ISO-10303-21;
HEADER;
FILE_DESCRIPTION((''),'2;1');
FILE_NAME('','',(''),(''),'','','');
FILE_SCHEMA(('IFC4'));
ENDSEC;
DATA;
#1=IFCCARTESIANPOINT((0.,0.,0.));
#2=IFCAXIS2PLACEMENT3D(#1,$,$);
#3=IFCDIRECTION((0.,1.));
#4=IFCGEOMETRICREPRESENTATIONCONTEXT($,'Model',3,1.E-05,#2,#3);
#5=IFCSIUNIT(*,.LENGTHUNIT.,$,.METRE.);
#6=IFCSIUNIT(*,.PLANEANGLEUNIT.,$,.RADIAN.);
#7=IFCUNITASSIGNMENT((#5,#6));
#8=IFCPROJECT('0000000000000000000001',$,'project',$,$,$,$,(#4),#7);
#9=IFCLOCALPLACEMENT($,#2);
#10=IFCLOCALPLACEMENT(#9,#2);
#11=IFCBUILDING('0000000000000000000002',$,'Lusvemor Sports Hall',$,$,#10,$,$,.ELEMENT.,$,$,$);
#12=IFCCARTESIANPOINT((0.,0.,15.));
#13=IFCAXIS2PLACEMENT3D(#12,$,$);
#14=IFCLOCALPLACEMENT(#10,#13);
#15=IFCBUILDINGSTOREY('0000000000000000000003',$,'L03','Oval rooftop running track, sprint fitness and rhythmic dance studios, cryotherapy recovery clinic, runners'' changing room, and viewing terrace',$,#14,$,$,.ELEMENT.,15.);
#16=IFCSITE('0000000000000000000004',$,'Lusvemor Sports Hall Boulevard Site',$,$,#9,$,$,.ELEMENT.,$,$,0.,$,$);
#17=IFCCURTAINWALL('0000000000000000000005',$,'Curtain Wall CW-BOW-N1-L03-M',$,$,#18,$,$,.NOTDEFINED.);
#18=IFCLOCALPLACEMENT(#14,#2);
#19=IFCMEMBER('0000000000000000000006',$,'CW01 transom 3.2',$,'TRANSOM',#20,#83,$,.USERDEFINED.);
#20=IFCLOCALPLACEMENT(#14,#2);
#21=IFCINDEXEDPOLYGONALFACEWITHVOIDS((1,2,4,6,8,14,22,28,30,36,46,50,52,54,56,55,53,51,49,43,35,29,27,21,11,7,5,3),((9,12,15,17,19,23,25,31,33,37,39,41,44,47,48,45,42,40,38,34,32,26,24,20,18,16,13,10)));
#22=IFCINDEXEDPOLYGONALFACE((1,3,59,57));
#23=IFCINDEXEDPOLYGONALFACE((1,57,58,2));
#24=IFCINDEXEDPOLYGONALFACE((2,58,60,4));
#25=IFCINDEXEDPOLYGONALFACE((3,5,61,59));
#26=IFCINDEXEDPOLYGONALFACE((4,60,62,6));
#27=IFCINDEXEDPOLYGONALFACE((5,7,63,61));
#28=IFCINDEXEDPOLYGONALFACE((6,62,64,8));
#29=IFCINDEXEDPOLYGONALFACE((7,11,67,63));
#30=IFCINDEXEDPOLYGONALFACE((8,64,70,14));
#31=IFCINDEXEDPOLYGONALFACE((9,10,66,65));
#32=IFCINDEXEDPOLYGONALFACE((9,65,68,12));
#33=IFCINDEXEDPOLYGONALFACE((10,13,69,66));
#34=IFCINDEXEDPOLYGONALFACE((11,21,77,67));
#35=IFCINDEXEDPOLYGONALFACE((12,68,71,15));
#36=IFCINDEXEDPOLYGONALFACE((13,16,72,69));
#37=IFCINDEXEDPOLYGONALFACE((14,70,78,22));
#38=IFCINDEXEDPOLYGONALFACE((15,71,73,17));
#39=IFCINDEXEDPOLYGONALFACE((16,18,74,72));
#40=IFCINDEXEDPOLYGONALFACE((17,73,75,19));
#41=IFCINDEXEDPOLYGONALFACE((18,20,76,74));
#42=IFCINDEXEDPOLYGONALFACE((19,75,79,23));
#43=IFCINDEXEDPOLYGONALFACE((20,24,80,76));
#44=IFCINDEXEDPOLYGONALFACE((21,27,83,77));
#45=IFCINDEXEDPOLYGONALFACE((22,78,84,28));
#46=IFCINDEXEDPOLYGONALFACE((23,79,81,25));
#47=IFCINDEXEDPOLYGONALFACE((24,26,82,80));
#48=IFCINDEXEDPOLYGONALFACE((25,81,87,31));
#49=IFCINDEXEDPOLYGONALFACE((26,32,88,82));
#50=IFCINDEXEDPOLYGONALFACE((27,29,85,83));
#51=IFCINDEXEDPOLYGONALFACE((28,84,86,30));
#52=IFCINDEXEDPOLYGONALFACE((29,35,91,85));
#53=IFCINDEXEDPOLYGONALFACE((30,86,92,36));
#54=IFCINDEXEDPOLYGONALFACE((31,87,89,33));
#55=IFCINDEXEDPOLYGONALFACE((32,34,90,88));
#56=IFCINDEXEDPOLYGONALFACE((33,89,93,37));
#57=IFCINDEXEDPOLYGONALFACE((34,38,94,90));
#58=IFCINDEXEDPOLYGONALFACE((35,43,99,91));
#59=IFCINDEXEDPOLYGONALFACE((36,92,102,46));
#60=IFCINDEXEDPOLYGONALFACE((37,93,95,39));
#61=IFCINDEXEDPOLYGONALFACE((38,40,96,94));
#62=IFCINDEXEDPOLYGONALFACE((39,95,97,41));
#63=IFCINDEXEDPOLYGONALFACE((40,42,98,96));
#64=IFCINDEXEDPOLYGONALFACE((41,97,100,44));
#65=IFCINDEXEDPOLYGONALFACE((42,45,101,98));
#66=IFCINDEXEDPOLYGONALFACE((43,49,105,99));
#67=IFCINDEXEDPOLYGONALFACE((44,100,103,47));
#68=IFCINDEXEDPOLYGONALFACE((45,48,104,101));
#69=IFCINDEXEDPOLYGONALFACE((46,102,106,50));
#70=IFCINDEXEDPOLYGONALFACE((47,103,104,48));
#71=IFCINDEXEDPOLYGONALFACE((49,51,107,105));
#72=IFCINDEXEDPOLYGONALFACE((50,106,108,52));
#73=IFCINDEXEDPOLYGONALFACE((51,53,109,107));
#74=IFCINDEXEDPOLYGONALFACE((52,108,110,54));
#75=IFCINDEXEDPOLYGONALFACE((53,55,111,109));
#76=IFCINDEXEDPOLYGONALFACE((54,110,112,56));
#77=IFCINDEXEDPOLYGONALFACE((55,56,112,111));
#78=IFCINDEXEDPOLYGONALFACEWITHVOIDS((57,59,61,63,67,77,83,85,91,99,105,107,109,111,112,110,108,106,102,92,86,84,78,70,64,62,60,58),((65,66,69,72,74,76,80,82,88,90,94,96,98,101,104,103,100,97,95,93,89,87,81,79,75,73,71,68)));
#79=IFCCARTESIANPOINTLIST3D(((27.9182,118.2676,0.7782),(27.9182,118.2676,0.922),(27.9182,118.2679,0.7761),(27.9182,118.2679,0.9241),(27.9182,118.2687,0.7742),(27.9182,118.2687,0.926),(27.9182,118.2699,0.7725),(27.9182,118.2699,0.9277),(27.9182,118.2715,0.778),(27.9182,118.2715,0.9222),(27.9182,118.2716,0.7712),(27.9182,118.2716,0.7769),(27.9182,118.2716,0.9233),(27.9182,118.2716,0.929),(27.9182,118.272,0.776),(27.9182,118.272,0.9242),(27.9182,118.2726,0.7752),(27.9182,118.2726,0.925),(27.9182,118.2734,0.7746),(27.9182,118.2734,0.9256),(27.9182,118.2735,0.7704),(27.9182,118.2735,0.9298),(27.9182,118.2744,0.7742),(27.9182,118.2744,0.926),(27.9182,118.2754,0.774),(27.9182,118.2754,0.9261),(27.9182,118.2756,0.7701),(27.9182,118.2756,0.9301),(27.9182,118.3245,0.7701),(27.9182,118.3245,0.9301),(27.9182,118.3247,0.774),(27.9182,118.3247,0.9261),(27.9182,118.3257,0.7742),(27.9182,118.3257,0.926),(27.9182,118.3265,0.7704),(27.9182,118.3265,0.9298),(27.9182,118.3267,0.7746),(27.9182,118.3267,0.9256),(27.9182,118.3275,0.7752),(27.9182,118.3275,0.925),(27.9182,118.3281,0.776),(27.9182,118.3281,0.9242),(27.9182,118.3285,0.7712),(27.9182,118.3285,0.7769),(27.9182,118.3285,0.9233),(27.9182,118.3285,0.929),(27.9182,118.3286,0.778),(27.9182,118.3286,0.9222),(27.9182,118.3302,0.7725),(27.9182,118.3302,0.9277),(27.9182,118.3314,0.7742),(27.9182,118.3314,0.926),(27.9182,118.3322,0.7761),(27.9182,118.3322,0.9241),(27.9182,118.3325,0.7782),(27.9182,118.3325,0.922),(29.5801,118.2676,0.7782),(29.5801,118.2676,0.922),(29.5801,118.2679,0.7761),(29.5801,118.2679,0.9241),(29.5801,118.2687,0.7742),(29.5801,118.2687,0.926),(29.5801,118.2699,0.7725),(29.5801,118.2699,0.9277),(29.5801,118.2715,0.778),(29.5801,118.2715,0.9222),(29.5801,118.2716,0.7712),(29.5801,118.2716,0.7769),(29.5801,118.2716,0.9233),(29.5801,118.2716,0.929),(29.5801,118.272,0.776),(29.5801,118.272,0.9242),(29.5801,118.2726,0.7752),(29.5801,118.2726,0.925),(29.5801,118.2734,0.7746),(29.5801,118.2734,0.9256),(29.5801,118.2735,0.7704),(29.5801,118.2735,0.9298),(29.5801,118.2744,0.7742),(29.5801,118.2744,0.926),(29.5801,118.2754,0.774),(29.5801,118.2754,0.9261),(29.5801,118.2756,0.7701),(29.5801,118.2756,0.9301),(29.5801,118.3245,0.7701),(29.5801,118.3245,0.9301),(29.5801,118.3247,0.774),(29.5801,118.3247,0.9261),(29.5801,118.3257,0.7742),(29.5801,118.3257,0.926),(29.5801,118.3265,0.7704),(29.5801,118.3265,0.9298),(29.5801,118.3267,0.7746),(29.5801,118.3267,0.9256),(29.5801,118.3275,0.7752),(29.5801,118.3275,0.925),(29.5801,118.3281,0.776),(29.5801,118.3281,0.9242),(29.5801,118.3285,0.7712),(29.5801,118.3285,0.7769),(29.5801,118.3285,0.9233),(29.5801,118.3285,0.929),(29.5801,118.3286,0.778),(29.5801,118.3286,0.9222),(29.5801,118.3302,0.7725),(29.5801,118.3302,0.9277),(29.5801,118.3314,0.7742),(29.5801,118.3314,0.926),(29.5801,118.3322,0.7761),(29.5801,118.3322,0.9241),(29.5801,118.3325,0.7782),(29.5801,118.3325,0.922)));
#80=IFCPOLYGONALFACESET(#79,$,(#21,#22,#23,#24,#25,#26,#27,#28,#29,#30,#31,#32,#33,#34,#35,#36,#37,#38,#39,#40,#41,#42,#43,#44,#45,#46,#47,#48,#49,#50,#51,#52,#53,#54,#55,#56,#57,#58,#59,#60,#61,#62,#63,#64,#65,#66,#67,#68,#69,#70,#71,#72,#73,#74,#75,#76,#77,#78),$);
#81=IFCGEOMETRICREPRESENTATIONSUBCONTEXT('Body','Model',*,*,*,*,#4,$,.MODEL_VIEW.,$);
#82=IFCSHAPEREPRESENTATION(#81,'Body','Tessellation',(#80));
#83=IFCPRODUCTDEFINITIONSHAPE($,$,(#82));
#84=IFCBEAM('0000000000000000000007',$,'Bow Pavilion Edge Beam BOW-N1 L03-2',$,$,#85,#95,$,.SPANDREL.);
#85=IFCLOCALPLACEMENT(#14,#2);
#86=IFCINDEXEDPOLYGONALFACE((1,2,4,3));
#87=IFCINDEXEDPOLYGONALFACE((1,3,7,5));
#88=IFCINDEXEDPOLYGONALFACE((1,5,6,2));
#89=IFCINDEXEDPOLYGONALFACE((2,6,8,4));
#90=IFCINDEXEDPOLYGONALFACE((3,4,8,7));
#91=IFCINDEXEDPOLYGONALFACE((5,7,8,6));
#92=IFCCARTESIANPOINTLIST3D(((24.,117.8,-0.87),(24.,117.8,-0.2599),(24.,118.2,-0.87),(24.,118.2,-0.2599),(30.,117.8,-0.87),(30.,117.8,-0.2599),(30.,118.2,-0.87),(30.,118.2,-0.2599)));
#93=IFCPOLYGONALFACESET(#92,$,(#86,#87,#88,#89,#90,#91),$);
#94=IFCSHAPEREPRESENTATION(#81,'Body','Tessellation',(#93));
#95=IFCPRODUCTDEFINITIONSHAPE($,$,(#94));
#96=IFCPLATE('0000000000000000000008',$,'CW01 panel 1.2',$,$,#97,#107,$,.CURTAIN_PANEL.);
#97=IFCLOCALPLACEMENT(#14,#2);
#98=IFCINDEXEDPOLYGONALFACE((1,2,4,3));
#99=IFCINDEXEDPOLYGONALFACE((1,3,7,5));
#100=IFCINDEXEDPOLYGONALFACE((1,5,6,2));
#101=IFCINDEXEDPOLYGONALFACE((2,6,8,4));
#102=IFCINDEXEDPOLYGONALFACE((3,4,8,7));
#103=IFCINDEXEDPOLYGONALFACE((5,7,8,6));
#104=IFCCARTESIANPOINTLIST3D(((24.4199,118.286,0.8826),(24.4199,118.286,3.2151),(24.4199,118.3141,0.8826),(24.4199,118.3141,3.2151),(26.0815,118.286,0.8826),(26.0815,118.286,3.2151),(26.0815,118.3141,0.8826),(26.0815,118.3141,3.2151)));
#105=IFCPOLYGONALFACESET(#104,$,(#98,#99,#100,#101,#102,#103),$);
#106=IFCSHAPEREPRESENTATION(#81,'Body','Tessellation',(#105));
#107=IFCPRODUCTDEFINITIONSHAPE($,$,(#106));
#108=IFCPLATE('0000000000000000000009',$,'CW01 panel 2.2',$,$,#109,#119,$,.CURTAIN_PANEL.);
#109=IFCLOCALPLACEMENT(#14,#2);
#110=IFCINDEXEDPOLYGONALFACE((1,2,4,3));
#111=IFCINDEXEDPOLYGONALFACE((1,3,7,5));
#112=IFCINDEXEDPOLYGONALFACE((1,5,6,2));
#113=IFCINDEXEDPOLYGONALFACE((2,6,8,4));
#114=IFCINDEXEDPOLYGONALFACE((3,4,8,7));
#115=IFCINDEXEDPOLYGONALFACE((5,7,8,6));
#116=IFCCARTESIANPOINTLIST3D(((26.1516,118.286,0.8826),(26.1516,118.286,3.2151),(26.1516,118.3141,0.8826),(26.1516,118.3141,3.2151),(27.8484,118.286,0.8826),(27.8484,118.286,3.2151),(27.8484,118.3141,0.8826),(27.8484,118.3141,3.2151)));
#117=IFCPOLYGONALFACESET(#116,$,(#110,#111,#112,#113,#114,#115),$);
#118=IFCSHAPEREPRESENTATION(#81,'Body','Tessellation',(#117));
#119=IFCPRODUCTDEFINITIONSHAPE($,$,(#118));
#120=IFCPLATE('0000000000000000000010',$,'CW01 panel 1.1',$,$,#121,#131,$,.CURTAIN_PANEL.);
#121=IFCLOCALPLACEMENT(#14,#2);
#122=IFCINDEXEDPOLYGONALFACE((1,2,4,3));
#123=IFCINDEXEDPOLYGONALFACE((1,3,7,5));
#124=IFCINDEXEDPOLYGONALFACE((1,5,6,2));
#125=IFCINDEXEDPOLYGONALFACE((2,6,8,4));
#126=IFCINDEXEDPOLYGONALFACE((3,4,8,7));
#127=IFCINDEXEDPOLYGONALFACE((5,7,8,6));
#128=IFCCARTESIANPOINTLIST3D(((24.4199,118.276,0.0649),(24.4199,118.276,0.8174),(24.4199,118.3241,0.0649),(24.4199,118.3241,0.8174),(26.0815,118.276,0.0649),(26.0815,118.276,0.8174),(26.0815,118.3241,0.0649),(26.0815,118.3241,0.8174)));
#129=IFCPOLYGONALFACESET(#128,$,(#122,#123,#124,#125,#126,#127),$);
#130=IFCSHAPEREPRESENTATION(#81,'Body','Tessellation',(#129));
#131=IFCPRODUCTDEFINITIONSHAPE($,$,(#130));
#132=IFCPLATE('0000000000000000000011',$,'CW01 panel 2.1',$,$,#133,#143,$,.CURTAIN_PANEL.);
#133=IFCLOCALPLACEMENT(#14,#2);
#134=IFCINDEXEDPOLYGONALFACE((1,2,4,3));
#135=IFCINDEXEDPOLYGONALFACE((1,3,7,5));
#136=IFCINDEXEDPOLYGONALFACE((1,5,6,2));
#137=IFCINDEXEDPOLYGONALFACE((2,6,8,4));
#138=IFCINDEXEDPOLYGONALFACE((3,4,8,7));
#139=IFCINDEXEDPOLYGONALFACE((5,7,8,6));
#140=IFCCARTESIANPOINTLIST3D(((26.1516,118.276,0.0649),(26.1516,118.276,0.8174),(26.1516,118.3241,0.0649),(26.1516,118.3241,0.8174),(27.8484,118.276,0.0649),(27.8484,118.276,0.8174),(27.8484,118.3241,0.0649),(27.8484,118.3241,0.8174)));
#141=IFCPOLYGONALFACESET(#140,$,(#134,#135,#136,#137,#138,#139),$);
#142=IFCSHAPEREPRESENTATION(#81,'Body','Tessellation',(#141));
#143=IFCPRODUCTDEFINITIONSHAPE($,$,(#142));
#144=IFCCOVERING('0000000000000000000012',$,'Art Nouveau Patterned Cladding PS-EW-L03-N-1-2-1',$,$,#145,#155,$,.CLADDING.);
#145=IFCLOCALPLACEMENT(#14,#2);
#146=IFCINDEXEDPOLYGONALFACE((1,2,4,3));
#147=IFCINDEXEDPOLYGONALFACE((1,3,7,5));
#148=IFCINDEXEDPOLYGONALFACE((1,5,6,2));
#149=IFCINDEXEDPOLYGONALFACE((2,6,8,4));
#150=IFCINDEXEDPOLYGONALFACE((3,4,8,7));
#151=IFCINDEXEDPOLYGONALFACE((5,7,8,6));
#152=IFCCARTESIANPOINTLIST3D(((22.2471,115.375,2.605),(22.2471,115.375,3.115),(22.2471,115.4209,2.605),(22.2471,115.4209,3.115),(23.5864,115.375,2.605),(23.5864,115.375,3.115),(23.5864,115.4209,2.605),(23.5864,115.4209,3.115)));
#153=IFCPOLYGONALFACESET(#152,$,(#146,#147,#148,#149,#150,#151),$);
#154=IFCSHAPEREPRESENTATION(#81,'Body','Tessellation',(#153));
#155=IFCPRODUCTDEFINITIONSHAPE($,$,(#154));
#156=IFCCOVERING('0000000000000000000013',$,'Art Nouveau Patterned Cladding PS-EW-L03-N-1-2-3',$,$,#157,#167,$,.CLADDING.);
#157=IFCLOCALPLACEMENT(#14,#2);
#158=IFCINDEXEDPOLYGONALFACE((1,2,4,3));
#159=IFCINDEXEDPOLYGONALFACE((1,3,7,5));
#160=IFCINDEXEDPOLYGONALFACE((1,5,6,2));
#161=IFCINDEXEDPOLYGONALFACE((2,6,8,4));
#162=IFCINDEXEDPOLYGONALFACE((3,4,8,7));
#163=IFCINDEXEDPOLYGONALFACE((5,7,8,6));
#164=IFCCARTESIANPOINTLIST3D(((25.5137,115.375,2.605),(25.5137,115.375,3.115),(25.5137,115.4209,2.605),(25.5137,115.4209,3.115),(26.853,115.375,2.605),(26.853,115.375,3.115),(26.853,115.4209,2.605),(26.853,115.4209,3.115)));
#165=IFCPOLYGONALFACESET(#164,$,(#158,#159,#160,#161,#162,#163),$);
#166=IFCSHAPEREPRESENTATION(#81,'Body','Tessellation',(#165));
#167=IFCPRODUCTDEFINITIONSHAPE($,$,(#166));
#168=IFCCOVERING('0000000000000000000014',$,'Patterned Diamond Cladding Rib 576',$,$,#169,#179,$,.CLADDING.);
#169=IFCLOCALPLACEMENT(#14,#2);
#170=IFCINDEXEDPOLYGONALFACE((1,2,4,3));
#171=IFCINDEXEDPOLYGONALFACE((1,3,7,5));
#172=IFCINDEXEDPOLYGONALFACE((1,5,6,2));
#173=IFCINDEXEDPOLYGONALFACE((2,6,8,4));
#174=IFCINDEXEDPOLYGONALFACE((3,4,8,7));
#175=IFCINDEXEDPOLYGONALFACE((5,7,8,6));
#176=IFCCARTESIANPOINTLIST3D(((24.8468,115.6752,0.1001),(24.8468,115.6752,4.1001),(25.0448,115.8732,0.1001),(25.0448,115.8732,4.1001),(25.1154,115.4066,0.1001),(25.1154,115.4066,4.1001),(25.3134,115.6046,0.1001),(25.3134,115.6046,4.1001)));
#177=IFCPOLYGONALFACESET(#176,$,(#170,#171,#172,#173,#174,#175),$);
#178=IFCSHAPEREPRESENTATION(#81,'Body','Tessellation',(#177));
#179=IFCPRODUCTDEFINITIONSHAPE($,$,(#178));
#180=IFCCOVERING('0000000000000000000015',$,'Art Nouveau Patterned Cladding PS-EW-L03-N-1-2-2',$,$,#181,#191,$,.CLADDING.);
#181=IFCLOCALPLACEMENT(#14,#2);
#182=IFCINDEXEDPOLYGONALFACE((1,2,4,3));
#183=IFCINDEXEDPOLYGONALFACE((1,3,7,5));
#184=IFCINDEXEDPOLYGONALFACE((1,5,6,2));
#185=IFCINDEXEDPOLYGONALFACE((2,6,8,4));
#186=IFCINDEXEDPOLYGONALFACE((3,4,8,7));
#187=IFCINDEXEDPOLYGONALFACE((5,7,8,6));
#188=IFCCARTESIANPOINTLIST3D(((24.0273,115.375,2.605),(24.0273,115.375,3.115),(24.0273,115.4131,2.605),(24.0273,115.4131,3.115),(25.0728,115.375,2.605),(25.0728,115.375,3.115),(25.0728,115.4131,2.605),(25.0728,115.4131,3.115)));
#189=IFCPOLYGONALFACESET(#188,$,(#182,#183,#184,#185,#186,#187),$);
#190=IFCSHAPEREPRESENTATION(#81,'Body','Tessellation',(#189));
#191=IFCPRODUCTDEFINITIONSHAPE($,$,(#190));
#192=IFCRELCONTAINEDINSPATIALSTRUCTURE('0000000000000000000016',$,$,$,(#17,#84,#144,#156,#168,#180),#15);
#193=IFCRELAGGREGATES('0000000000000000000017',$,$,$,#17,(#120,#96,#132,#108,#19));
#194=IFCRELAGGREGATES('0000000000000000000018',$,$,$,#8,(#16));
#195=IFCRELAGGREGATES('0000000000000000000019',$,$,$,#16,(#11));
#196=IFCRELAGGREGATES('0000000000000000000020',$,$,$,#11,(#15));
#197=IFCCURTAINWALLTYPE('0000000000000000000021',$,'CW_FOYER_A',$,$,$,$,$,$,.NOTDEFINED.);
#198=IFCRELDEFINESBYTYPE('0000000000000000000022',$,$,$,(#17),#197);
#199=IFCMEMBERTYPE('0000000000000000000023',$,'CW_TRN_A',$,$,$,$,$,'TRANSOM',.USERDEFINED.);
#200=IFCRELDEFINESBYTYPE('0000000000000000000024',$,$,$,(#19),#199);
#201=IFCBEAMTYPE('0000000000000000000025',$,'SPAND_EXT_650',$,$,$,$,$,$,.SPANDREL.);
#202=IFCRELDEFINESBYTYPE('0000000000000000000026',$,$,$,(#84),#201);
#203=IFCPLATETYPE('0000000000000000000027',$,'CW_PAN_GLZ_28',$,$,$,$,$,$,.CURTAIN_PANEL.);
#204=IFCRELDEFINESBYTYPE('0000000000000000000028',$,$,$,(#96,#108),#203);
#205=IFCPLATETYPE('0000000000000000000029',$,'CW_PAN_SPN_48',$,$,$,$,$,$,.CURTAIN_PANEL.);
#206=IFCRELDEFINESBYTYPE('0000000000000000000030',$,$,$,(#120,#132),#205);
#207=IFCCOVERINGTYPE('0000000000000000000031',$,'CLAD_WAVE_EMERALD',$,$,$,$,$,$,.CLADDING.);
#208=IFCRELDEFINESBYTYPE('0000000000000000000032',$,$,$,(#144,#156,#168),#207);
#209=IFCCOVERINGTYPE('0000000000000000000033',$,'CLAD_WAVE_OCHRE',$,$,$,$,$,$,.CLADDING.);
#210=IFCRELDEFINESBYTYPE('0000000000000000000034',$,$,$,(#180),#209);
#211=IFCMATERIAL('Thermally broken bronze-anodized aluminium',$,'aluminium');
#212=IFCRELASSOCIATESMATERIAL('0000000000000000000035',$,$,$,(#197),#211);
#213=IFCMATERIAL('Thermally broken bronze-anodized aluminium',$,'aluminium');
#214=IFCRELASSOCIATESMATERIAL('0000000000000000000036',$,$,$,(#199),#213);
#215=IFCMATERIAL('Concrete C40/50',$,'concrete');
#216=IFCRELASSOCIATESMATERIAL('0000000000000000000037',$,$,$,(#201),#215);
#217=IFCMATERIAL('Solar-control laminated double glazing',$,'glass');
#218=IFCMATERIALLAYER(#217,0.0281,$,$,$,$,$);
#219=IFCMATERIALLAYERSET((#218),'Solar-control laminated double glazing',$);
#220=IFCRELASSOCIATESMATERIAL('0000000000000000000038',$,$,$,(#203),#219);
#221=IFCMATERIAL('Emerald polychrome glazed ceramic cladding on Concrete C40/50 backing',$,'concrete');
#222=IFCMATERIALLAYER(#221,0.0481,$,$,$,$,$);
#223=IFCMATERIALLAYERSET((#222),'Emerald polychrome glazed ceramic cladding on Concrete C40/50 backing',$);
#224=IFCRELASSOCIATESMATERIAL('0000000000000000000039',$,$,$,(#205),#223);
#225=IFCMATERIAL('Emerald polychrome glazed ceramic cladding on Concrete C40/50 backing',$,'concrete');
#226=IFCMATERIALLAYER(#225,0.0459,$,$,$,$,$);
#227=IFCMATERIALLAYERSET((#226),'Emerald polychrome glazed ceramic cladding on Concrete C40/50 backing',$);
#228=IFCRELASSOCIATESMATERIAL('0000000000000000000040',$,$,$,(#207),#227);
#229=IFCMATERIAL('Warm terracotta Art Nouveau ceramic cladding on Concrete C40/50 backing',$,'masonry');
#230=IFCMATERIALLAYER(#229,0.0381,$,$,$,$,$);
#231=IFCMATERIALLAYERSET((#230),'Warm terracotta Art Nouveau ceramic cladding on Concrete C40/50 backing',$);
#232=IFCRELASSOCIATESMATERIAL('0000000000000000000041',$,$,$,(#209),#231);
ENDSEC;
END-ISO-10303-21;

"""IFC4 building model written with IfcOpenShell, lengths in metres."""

from ifc_helpers import new_model, si_unit, direction, frame, origin, origin_2d, place, context, subcontext, project, spatial, rectangle, hollow_rectangle, extrude, material, layer, layer_set, material_profile, profile_set, type_object, element, aggregate, save


model = new_model("IFC4")

# Units and contexts
model_context = context("Model", 3, precision=1e-05, world=origin(), true_north=direction((0.0, 1.0)))
body_context = subcontext(model_context, "Body", "Model", "MODEL_VIEW")
ifc_project = project(units=[si_unit("LENGTHUNIT", "METRE"), si_unit("PLANEANGLEUNIT", "RADIAN")], contexts=[model_context])

# Site, building, storey
site_placement = place(None, origin())
site = spatial("IfcSite", under=ifc_project, at=site_placement, Name="Lusvemor Sports Hall Boulevard Site", CompositionType="ELEMENT", RefElevation=0.0)
building_placement = place(site_placement, origin())
building = spatial("IfcBuilding", under=site, at=building_placement, Name="Lusvemor Sports Hall", CompositionType="ELEMENT")
storey_placement = place(building_placement, frame((0.0, 0.0, 15.0)))
storey = spatial("IfcBuildingStorey", under=building, at=storey_placement, Name="L03", Description="Oval rooftop running track, sprint fitness and rhythmic dance studios, cryotherapy recovery clinic, runners' changing room, and viewing terrace", CompositionType="ELEMENT", Elevation=15.0)

# Curtain wall, member
ifc_material_1 = material(Name="Thermally broken bronze-anodized aluminium", Category="aluminium")
curtain_wall_type = type_object("IfcCurtainWallType", Name="CW_FOYER_A", PredefinedType="NOTDEFINED", material=ifc_material_1)
curtain_wall_placement = place(storey_placement, origin())
curtain_wall = element("IfcCurtainWall", 1, at=curtain_wall_placement, inside=storey, type_object=curtain_wall_type, Name="Curtain Wall CW-BOW-N1-L03-M", PredefinedType="NOTDEFINED")
ifc_material_2 = material(Name="Thermally broken bronze-anodized aluminium", Category="aluminium")
ifc_material_profile_1 = material_profile(ifc_material_2, hollow_rectangle(XDim=0.0649, YDim=0.1599, WallThickness=0.0039, InnerFilletRadius=0.0039, OuterFilletRadius=0.0081, at=origin_2d()), Name="CWTRN160x65x4")
ifc_profile_set_1 = profile_set([ifc_material_profile_1], Name="Thermally broken bronze-anodized aluminium")
member_type_1 = type_object("IfcMemberType", Name="CW_TRN_A", ElementType="TRANSOM", PredefinedType="USERDEFINED", material=ifc_profile_set_1)
member_1_placement = place(storey_placement, frame((27.9182, 118.3, 0.8501), z_axis=(1.0, 0.0, 0.0), x_axis=(0.0, 1.0, 0.0)))
member_1 = element("IfcMember", 2, at=member_1_placement, type_object=member_type_1, Name="CW01 transom 3.2", ObjectType="TRANSOM", PredefinedType="USERDEFINED", context=body_context, shape_type="SweptSolid", body=[
    extrude(hollow_rectangle(XDim=0.0649, YDim=0.1599, WallThickness=0.0039, InnerFilletRadius=0.0039, OuterFilletRadius=0.0081, at=origin_2d()), origin(), (0.0, 0.0, 1.0), 1.6619),
])

# Beam
ifc_material_3 = material(Name="Concrete C40/50", Category="concrete")
ifc_material_profile_2 = material_profile(ifc_material_3, rectangle(XDim=0.3999, YDim=0.6101, at=origin_2d()), Name="RC400x610")
ifc_profile_set_2 = profile_set([ifc_material_profile_2], Name="Concrete C40/50")
beam_type = type_object("IfcBeamType", Name="SPAND_EXT_650", PredefinedType="SPANDREL", material=ifc_profile_set_2)
beam_placement = place(storey_placement, frame((24.0, 118.0, -0.5649), z_axis=(1.0, 0.0, 0.0), x_axis=(0.0, 1.0, 0.0)))
element("IfcBeam", 3, at=beam_placement, inside=storey, type_object=beam_type, Name="Bow Pavilion Edge Beam BOW-N1 L03-2", PredefinedType="SPANDREL", context=body_context, shape_type="SweptSolid", body=[
    extrude(rectangle(XDim=0.3999, YDim=0.6101, at=origin_2d()), origin(), (0.0, 0.0, 1.0), 6.0),
])

# Plates
ifc_material_4 = material(Name="Solar-control laminated double glazing", Category="glass")
ifc_layer_1 = layer(ifc_material_4, 0.0281)
ifc_layer_set_1 = layer_set([ifc_layer_1], Name="Solar-control laminated double glazing")
plate_type_1 = type_object("IfcPlateType", Name="CW_PAN_GLZ_28", PredefinedType="CURTAIN_PANEL", material=ifc_layer_set_1)
plate_1_placement = place(storey_placement, frame((25.2507, 118.3, 0.8826), z_axis=(0.0, 0.0, 1.0), x_axis=(1.0, 0.0, 0.0)))
plate_1 = element("IfcPlate", 4, at=plate_1_placement, type_object=plate_type_1, Name="CW01 panel 1.2", PredefinedType="CURTAIN_PANEL", context=body_context, shape_type="SweptSolid", body=[
    extrude(rectangle(XDim=1.6616, YDim=0.0281, at=origin_2d()), origin(), (0.0, 0.0, 1.0), 2.3325),
])
plate_2_placement = place(storey_placement, frame((27.0, 118.3, 0.8826), z_axis=(0.0, 0.0, 1.0), x_axis=(1.0, 0.0, 0.0)))
plate_2 = element("IfcPlate", 5, at=plate_2_placement, type_object=plate_type_1, Name="CW01 panel 2.2", PredefinedType="CURTAIN_PANEL", context=body_context, shape_type="SweptSolid", body=[
    extrude(rectangle(XDim=1.6968, YDim=0.0281, at=origin_2d()), origin(), (0.0, 0.0, 1.0), 2.3325),
])
ifc_material_5 = material(Name="Emerald polychrome glazed ceramic cladding on Concrete C40/50 backing", Category="concrete")
ifc_layer_2 = layer(ifc_material_5, 0.0481)
ifc_layer_set_2 = layer_set([ifc_layer_2], Name="Emerald polychrome glazed ceramic cladding on Concrete C40/50 backing")
plate_type_2 = type_object("IfcPlateType", Name="CW_PAN_SPN_48", PredefinedType="CURTAIN_PANEL", material=ifc_layer_set_2)
plate_3_placement = place(storey_placement, frame((25.2507, 118.3, 0.0649), z_axis=(0.0, 0.0, 1.0), x_axis=(1.0, 0.0, 0.0)))
plate_3 = element("IfcPlate", 6, at=plate_3_placement, type_object=plate_type_2, Name="CW01 panel 1.1", PredefinedType="CURTAIN_PANEL", context=body_context, shape_type="SweptSolid", body=[
    extrude(rectangle(XDim=1.6616, YDim=0.0481, at=origin_2d()), origin(), (0.0, 0.0, 1.0), 0.7524),
])
plate_4_placement = place(storey_placement, frame((27.0, 118.3, 0.0649), z_axis=(0.0, 0.0, 1.0), x_axis=(1.0, 0.0, 0.0)))
plate_4 = element("IfcPlate", 7, at=plate_4_placement, type_object=plate_type_2, Name="CW01 panel 2.1", PredefinedType="CURTAIN_PANEL", context=body_context, shape_type="SweptSolid", body=[
    extrude(rectangle(XDim=1.6968, YDim=0.0481, at=origin_2d()), origin(), (0.0, 0.0, 1.0), 0.7524),
])
aggregate(curtain_wall, [plate_3, plate_1, plate_4, plate_2, member_1])

# Coverings
ifc_material_6 = material(Name="Emerald polychrome glazed ceramic cladding on Concrete C40/50 backing", Category="concrete")
ifc_layer_3 = layer(ifc_material_6, 0.0459)
ifc_layer_set_3 = layer_set([ifc_layer_3], Name="Emerald polychrome glazed ceramic cladding on Concrete C40/50 backing")
covering_type_1 = type_object("IfcCoveringType", Name="CLAD_WAVE_EMERALD", PredefinedType="CLADDING", material=ifc_layer_set_3)
for number, where, z_axis, x_axis, name in (
    (8, (22.9167, 115.3979, 2.605), (0.0, 0.0, 1.0), (1.0, 0.0, 0.0), "Art Nouveau Patterned Cladding PS-EW-L03-N-1-2-1"),
    (9, (26.1833, 115.3979, 2.605), (0.0, 0.0, 1.0), (1.0, 0.0, 0.0), "Art Nouveau Patterned Cladding PS-EW-L03-N-1-2-3"),
):
    element("IfcCovering", number, at=place(storey_placement, frame(where, z_axis=z_axis, x_axis=x_axis)), inside=storey, type_object=covering_type_1, Name=name, PredefinedType="CLADDING", context=body_context, shape_type="SweptSolid", body=[
        extrude(rectangle(XDim=1.3394, YDim=0.0459, at=origin_2d()), origin(), (0.0, 0.0, 1.0), 0.51),
    ])
covering_1_placement = place(storey_placement, frame((25.0801, 115.6399, 0.1001), z_axis=(0.0, 0.0, 1.0), x_axis=(0.707107, 0.707107, 0.0)))
element("IfcCovering", 10, at=covering_1_placement, inside=storey, type_object=covering_type_1, Name="Patterned Diamond Cladding Rib 576", PredefinedType="CLADDING", context=body_context, shape_type="SweptSolid", body=[
    extrude(rectangle(XDim=0.28, YDim=0.3799, at=origin_2d()), origin(), (0.0, 0.0, 1.0), 4.0),
])
ifc_material_7 = material(Name="Warm terracotta Art Nouveau ceramic cladding on Concrete C40/50 backing", Category="masonry")
ifc_layer_4 = layer(ifc_material_7, 0.0381)
ifc_layer_set_4 = layer_set([ifc_layer_4], Name="Warm terracotta Art Nouveau ceramic cladding on Concrete C40/50 backing")
covering_type_2 = type_object("IfcCoveringType", Name="CLAD_WAVE_OCHRE", PredefinedType="CLADDING", material=ifc_layer_set_4)
for number, where, z_axis, x_axis, name in (
    (11, (24.55, 115.394, 2.605), (0.0, 0.0, 1.0), (1.0, 0.0, 0.0), "Art Nouveau Patterned Cladding PS-EW-L03-N-1-2-2"),
):
    element("IfcCovering", number, at=place(storey_placement, frame(where, z_axis=z_axis, x_axis=x_axis)), inside=storey, type_object=covering_type_2, Name=name, PredefinedType="CLADDING", context=body_context, shape_type="SweptSolid", body=[
        extrude(rectangle(XDim=1.0454, YDim=0.0381, at=origin_2d()), origin(), (0.0, 0.0, 1.0), 0.51),
    ])

save(model, "model.ifc")
